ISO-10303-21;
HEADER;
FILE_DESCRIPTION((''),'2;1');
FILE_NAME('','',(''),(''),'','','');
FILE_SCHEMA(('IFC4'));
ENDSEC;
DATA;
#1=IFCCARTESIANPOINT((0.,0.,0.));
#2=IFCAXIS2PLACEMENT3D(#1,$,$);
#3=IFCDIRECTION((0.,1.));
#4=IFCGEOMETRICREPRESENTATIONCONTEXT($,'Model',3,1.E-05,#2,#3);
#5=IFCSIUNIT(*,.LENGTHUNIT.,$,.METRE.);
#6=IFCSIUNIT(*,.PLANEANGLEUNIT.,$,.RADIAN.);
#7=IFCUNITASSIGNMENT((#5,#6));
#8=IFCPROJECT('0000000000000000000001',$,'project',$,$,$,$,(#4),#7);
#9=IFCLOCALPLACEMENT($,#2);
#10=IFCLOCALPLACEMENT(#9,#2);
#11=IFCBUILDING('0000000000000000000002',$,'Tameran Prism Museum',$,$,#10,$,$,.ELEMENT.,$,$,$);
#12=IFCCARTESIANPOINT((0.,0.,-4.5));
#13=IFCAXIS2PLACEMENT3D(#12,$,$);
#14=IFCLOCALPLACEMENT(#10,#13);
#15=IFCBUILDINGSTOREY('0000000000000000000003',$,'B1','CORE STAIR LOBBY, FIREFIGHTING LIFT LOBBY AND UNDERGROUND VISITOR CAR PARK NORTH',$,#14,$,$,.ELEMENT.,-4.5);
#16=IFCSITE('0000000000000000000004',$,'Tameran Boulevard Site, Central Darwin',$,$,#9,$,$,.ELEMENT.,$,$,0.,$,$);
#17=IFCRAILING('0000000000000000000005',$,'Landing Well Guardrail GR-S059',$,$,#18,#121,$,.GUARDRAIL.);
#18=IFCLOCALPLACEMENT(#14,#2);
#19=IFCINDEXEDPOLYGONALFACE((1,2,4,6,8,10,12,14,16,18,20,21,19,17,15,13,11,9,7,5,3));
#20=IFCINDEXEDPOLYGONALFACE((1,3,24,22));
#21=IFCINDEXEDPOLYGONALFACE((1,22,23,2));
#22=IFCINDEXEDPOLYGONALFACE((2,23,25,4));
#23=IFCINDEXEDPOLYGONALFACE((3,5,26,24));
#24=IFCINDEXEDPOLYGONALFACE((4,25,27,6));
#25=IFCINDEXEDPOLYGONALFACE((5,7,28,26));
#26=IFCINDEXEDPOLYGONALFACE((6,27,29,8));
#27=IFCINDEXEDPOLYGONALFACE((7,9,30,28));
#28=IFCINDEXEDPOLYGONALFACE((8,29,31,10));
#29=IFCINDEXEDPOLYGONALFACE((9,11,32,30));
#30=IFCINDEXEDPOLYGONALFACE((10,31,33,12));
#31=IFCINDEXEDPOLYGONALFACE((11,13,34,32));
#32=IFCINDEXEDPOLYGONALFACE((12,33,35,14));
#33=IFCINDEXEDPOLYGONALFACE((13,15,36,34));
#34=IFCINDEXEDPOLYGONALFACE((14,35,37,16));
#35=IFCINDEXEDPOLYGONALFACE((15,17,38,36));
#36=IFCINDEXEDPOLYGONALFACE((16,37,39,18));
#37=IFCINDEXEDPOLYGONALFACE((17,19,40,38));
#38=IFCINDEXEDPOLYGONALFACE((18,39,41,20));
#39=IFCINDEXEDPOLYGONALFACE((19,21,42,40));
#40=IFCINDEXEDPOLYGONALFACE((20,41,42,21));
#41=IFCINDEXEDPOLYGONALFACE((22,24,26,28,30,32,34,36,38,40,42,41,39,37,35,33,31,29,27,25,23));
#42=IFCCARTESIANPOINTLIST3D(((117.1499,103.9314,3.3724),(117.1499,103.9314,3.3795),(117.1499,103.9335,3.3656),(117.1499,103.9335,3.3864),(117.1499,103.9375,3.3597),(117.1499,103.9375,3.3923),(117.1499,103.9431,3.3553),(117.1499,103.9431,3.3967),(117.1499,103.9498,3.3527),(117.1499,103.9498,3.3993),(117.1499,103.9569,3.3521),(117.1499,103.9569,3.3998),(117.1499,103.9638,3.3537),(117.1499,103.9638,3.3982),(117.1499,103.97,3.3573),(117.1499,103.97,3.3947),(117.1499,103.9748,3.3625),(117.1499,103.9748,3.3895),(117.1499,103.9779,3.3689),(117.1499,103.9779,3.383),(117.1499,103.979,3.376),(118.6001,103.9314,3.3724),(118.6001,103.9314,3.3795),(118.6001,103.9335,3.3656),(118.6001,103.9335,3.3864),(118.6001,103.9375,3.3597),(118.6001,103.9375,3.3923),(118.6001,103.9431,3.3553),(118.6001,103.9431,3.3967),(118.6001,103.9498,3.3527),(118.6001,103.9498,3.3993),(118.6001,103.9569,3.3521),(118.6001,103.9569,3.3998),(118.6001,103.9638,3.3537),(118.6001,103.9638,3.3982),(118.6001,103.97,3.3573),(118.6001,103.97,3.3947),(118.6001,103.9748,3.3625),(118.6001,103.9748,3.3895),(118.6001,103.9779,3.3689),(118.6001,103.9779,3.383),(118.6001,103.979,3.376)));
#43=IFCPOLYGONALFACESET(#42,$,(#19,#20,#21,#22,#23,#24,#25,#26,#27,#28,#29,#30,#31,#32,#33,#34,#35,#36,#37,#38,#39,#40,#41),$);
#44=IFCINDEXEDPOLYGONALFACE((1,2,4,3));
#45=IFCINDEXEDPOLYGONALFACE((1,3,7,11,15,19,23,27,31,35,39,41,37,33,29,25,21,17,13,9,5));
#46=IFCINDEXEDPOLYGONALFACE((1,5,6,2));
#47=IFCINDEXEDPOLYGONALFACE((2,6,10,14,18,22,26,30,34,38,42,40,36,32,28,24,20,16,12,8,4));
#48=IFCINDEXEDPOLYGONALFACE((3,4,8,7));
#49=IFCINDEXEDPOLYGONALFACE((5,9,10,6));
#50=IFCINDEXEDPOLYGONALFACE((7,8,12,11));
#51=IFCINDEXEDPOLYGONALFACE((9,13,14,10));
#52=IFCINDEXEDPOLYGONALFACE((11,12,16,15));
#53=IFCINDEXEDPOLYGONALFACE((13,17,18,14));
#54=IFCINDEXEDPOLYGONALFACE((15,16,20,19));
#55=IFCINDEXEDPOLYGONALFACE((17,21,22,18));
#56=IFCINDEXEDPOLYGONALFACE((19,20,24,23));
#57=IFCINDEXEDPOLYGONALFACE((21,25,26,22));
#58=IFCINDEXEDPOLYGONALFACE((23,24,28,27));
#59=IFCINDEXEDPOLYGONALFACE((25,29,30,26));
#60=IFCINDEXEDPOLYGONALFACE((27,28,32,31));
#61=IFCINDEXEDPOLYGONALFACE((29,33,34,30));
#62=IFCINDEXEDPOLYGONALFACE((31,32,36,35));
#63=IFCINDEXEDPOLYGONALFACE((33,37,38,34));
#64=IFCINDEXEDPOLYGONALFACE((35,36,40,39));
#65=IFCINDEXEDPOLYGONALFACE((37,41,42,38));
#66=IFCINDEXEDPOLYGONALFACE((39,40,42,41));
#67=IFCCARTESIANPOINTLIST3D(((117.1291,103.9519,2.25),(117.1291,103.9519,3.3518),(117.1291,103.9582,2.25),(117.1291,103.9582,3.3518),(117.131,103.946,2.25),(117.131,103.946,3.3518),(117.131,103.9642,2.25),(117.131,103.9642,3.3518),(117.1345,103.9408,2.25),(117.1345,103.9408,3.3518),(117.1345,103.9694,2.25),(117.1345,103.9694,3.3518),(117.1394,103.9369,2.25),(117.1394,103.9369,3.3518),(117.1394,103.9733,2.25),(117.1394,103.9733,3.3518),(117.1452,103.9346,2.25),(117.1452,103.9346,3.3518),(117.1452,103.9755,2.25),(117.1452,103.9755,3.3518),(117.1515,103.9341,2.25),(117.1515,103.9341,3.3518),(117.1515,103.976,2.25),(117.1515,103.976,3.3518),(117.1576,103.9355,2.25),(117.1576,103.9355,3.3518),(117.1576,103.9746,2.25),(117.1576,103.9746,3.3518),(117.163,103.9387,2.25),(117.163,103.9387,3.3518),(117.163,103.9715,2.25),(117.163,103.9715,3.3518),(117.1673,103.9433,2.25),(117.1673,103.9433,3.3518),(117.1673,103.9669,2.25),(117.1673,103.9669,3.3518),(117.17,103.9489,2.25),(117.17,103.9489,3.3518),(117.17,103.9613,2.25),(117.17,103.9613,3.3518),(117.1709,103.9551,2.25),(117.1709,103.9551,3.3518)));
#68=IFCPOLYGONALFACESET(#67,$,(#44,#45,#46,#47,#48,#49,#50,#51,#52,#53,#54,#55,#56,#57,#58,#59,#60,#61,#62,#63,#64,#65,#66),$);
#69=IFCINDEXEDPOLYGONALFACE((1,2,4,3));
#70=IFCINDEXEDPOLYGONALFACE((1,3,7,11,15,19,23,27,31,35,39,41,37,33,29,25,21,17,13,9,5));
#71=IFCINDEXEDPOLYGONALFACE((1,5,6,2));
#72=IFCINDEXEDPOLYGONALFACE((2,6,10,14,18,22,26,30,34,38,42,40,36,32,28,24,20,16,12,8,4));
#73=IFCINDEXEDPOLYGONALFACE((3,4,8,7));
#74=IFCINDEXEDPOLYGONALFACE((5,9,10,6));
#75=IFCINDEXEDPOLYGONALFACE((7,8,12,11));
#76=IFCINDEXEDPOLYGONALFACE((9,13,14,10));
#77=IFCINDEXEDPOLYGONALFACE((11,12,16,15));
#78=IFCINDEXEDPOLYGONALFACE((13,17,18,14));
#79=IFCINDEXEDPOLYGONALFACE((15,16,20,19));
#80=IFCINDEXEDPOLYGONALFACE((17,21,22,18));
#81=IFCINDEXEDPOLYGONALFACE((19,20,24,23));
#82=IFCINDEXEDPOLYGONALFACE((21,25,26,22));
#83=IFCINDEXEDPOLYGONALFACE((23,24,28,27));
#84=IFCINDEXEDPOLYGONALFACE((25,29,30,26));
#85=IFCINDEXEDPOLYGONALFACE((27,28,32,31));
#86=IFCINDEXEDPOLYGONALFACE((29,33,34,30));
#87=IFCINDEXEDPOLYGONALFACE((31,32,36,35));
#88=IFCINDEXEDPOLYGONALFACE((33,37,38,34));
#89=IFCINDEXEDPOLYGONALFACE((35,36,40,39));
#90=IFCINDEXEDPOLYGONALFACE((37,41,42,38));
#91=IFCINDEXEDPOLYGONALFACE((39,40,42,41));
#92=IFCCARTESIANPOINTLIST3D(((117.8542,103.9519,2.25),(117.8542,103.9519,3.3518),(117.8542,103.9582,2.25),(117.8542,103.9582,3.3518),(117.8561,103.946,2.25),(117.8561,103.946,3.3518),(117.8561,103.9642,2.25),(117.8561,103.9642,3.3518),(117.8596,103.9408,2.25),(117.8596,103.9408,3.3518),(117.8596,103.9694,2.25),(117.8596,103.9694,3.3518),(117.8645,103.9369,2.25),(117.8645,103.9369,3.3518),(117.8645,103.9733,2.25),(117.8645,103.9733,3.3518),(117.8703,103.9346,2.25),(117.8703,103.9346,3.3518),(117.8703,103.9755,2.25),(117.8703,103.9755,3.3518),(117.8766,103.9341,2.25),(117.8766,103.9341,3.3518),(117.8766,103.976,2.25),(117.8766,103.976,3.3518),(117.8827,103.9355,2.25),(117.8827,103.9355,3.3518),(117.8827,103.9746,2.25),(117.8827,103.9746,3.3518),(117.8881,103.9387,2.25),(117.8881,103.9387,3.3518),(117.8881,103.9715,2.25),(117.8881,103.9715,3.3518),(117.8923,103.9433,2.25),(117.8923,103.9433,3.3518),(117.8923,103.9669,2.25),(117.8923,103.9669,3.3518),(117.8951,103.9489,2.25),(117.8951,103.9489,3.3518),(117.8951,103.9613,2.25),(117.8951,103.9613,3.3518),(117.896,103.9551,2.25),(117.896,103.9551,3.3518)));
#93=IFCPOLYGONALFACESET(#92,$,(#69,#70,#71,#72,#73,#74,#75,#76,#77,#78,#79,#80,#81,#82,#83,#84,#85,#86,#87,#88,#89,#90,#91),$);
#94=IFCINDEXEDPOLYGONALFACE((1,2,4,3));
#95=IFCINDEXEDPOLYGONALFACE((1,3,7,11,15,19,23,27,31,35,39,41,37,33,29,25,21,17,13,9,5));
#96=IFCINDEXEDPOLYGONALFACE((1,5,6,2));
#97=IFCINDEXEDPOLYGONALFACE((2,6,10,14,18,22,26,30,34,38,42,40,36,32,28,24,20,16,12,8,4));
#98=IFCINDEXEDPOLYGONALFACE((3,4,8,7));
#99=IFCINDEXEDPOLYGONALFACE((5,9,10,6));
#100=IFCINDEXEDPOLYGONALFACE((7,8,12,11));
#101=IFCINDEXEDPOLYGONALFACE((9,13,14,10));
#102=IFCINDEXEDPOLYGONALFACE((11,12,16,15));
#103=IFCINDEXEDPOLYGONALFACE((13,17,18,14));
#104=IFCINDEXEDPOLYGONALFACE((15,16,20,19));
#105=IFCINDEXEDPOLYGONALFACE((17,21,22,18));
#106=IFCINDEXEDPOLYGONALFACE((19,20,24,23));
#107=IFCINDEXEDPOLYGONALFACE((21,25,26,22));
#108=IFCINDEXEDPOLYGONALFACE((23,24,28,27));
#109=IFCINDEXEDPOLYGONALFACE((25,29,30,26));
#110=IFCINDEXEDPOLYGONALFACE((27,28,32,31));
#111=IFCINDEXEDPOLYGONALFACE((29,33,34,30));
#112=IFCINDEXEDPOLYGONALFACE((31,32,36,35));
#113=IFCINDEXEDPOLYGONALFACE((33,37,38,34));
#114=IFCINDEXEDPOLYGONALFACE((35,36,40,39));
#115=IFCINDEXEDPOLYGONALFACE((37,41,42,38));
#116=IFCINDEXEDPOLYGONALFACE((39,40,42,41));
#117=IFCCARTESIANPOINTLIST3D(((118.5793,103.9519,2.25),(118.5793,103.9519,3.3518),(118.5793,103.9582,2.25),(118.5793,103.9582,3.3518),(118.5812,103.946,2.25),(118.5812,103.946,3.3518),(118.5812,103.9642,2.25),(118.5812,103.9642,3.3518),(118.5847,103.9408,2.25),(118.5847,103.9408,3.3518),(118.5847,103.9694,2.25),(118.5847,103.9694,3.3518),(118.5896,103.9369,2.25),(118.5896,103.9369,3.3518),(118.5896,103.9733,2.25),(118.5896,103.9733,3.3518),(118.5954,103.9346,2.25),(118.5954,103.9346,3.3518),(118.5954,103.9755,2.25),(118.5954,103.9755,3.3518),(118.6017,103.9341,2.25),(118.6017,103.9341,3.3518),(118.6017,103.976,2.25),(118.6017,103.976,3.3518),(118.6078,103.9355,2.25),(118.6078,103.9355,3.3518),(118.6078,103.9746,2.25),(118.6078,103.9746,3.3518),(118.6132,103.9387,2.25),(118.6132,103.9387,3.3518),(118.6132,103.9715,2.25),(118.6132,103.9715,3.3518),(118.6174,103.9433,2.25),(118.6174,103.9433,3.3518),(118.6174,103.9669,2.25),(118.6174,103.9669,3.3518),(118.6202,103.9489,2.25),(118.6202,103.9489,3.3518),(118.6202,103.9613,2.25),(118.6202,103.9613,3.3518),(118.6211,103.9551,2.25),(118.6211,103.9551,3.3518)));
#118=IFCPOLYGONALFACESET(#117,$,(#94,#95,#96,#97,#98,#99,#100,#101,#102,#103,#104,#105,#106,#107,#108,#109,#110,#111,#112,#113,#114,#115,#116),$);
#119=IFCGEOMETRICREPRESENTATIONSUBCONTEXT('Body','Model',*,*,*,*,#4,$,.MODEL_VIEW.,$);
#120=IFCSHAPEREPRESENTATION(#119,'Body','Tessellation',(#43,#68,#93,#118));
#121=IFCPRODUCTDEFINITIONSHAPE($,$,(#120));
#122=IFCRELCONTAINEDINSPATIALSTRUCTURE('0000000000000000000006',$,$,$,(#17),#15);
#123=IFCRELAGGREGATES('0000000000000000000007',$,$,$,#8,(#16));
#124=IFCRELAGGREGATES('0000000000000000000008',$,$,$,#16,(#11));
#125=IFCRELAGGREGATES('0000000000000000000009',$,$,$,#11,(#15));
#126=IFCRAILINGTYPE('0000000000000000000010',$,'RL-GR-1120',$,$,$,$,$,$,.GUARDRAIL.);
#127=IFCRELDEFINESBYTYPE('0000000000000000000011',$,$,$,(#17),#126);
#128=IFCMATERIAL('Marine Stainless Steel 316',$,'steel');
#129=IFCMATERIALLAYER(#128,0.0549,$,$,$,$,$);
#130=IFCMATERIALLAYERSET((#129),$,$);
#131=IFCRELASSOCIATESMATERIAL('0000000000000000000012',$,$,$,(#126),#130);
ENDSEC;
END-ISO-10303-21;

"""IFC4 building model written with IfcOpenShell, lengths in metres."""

from ifc_helpers import new_model, si_unit, direction, frame, origin, origin_2d, place, context, subcontext, project, spatial, circle, extrude, material, layer, layer_set, type_object, element, save


model = new_model("IFC4")

# Units and contexts
model_context = context("Model", 3, precision=1e-05, world=origin(), true_north=direction((0.0, 1.0)))
body_context = subcontext(model_context, "Body", "Model", "MODEL_VIEW")
ifc_project = project(units=[si_unit("LENGTHUNIT", "METRE"), si_unit("PLANEANGLEUNIT", "RADIAN")], contexts=[model_context])

# Site, building, storey
site_placement = place(None, origin())
site = spatial("IfcSite", under=ifc_project, at=site_placement, Name="Tameran Boulevard Site, Central Darwin", CompositionType="ELEMENT", RefElevation=0.0)
building_placement = place(site_placement, origin())
building = spatial("IfcBuilding", under=site, at=building_placement, Name="Tameran Prism Museum", CompositionType="ELEMENT")
storey_placement = place(building_placement, frame((0.0, 0.0, -4.5)))
storey = spatial("IfcBuildingStorey", under=building, at=storey_placement, Name="B1", Description="CORE STAIR LOBBY, FIREFIGHTING LIFT LOBBY AND UNDERGROUND VISITOR CAR PARK NORTH", CompositionType="ELEMENT", Elevation=-4.5)

# Railing
ifc_material_1 = material(Name="Marine Stainless Steel 316", Category="steel")
ifc_layer_1 = layer(ifc_material_1, 0.0549)
ifc_layer_set_1 = layer_set([ifc_layer_1])
railing_type_1 = type_object("IfcRailingType", Name="RL-GR-1120", PredefinedType="GUARDRAIL", material=ifc_layer_set_1)
railing_1_placement = place(storey_placement, frame((117.1499, 103.9551, 2.25)))
element("IfcRailing", 1, at=railing_1_placement, inside=storey, type_object=railing_type_1, Name="Landing Well Guardrail GR-S059", PredefinedType="GUARDRAIL", context=body_context, shape_type="SweptSolid", body=[
    extrude(circle(Radius=0.0239, at=origin_2d()), frame((0.0, 0.0, 1.126), z_axis=(1.0, 0.0, 0.0), x_axis=(0.0, 1.0, 0.0)), (0.0, 0.0, 1.0), 1.4502),
    extrude(circle(Radius=0.021, at=origin_2d()), origin(), (0.0, 0.0, 1.0), 1.1018),
    extrude(circle(Radius=0.021, at=origin_2d()), frame((0.7251, 0.0, 0.0)), (0.0, 0.0, 1.0), 1.1018),
    extrude(circle(Radius=0.021, at=origin_2d()), frame((1.4502, 0.0, 0.0)), (0.0, 0.0, 1.0), 1.1018),
])

save(model, "model.ifc")
